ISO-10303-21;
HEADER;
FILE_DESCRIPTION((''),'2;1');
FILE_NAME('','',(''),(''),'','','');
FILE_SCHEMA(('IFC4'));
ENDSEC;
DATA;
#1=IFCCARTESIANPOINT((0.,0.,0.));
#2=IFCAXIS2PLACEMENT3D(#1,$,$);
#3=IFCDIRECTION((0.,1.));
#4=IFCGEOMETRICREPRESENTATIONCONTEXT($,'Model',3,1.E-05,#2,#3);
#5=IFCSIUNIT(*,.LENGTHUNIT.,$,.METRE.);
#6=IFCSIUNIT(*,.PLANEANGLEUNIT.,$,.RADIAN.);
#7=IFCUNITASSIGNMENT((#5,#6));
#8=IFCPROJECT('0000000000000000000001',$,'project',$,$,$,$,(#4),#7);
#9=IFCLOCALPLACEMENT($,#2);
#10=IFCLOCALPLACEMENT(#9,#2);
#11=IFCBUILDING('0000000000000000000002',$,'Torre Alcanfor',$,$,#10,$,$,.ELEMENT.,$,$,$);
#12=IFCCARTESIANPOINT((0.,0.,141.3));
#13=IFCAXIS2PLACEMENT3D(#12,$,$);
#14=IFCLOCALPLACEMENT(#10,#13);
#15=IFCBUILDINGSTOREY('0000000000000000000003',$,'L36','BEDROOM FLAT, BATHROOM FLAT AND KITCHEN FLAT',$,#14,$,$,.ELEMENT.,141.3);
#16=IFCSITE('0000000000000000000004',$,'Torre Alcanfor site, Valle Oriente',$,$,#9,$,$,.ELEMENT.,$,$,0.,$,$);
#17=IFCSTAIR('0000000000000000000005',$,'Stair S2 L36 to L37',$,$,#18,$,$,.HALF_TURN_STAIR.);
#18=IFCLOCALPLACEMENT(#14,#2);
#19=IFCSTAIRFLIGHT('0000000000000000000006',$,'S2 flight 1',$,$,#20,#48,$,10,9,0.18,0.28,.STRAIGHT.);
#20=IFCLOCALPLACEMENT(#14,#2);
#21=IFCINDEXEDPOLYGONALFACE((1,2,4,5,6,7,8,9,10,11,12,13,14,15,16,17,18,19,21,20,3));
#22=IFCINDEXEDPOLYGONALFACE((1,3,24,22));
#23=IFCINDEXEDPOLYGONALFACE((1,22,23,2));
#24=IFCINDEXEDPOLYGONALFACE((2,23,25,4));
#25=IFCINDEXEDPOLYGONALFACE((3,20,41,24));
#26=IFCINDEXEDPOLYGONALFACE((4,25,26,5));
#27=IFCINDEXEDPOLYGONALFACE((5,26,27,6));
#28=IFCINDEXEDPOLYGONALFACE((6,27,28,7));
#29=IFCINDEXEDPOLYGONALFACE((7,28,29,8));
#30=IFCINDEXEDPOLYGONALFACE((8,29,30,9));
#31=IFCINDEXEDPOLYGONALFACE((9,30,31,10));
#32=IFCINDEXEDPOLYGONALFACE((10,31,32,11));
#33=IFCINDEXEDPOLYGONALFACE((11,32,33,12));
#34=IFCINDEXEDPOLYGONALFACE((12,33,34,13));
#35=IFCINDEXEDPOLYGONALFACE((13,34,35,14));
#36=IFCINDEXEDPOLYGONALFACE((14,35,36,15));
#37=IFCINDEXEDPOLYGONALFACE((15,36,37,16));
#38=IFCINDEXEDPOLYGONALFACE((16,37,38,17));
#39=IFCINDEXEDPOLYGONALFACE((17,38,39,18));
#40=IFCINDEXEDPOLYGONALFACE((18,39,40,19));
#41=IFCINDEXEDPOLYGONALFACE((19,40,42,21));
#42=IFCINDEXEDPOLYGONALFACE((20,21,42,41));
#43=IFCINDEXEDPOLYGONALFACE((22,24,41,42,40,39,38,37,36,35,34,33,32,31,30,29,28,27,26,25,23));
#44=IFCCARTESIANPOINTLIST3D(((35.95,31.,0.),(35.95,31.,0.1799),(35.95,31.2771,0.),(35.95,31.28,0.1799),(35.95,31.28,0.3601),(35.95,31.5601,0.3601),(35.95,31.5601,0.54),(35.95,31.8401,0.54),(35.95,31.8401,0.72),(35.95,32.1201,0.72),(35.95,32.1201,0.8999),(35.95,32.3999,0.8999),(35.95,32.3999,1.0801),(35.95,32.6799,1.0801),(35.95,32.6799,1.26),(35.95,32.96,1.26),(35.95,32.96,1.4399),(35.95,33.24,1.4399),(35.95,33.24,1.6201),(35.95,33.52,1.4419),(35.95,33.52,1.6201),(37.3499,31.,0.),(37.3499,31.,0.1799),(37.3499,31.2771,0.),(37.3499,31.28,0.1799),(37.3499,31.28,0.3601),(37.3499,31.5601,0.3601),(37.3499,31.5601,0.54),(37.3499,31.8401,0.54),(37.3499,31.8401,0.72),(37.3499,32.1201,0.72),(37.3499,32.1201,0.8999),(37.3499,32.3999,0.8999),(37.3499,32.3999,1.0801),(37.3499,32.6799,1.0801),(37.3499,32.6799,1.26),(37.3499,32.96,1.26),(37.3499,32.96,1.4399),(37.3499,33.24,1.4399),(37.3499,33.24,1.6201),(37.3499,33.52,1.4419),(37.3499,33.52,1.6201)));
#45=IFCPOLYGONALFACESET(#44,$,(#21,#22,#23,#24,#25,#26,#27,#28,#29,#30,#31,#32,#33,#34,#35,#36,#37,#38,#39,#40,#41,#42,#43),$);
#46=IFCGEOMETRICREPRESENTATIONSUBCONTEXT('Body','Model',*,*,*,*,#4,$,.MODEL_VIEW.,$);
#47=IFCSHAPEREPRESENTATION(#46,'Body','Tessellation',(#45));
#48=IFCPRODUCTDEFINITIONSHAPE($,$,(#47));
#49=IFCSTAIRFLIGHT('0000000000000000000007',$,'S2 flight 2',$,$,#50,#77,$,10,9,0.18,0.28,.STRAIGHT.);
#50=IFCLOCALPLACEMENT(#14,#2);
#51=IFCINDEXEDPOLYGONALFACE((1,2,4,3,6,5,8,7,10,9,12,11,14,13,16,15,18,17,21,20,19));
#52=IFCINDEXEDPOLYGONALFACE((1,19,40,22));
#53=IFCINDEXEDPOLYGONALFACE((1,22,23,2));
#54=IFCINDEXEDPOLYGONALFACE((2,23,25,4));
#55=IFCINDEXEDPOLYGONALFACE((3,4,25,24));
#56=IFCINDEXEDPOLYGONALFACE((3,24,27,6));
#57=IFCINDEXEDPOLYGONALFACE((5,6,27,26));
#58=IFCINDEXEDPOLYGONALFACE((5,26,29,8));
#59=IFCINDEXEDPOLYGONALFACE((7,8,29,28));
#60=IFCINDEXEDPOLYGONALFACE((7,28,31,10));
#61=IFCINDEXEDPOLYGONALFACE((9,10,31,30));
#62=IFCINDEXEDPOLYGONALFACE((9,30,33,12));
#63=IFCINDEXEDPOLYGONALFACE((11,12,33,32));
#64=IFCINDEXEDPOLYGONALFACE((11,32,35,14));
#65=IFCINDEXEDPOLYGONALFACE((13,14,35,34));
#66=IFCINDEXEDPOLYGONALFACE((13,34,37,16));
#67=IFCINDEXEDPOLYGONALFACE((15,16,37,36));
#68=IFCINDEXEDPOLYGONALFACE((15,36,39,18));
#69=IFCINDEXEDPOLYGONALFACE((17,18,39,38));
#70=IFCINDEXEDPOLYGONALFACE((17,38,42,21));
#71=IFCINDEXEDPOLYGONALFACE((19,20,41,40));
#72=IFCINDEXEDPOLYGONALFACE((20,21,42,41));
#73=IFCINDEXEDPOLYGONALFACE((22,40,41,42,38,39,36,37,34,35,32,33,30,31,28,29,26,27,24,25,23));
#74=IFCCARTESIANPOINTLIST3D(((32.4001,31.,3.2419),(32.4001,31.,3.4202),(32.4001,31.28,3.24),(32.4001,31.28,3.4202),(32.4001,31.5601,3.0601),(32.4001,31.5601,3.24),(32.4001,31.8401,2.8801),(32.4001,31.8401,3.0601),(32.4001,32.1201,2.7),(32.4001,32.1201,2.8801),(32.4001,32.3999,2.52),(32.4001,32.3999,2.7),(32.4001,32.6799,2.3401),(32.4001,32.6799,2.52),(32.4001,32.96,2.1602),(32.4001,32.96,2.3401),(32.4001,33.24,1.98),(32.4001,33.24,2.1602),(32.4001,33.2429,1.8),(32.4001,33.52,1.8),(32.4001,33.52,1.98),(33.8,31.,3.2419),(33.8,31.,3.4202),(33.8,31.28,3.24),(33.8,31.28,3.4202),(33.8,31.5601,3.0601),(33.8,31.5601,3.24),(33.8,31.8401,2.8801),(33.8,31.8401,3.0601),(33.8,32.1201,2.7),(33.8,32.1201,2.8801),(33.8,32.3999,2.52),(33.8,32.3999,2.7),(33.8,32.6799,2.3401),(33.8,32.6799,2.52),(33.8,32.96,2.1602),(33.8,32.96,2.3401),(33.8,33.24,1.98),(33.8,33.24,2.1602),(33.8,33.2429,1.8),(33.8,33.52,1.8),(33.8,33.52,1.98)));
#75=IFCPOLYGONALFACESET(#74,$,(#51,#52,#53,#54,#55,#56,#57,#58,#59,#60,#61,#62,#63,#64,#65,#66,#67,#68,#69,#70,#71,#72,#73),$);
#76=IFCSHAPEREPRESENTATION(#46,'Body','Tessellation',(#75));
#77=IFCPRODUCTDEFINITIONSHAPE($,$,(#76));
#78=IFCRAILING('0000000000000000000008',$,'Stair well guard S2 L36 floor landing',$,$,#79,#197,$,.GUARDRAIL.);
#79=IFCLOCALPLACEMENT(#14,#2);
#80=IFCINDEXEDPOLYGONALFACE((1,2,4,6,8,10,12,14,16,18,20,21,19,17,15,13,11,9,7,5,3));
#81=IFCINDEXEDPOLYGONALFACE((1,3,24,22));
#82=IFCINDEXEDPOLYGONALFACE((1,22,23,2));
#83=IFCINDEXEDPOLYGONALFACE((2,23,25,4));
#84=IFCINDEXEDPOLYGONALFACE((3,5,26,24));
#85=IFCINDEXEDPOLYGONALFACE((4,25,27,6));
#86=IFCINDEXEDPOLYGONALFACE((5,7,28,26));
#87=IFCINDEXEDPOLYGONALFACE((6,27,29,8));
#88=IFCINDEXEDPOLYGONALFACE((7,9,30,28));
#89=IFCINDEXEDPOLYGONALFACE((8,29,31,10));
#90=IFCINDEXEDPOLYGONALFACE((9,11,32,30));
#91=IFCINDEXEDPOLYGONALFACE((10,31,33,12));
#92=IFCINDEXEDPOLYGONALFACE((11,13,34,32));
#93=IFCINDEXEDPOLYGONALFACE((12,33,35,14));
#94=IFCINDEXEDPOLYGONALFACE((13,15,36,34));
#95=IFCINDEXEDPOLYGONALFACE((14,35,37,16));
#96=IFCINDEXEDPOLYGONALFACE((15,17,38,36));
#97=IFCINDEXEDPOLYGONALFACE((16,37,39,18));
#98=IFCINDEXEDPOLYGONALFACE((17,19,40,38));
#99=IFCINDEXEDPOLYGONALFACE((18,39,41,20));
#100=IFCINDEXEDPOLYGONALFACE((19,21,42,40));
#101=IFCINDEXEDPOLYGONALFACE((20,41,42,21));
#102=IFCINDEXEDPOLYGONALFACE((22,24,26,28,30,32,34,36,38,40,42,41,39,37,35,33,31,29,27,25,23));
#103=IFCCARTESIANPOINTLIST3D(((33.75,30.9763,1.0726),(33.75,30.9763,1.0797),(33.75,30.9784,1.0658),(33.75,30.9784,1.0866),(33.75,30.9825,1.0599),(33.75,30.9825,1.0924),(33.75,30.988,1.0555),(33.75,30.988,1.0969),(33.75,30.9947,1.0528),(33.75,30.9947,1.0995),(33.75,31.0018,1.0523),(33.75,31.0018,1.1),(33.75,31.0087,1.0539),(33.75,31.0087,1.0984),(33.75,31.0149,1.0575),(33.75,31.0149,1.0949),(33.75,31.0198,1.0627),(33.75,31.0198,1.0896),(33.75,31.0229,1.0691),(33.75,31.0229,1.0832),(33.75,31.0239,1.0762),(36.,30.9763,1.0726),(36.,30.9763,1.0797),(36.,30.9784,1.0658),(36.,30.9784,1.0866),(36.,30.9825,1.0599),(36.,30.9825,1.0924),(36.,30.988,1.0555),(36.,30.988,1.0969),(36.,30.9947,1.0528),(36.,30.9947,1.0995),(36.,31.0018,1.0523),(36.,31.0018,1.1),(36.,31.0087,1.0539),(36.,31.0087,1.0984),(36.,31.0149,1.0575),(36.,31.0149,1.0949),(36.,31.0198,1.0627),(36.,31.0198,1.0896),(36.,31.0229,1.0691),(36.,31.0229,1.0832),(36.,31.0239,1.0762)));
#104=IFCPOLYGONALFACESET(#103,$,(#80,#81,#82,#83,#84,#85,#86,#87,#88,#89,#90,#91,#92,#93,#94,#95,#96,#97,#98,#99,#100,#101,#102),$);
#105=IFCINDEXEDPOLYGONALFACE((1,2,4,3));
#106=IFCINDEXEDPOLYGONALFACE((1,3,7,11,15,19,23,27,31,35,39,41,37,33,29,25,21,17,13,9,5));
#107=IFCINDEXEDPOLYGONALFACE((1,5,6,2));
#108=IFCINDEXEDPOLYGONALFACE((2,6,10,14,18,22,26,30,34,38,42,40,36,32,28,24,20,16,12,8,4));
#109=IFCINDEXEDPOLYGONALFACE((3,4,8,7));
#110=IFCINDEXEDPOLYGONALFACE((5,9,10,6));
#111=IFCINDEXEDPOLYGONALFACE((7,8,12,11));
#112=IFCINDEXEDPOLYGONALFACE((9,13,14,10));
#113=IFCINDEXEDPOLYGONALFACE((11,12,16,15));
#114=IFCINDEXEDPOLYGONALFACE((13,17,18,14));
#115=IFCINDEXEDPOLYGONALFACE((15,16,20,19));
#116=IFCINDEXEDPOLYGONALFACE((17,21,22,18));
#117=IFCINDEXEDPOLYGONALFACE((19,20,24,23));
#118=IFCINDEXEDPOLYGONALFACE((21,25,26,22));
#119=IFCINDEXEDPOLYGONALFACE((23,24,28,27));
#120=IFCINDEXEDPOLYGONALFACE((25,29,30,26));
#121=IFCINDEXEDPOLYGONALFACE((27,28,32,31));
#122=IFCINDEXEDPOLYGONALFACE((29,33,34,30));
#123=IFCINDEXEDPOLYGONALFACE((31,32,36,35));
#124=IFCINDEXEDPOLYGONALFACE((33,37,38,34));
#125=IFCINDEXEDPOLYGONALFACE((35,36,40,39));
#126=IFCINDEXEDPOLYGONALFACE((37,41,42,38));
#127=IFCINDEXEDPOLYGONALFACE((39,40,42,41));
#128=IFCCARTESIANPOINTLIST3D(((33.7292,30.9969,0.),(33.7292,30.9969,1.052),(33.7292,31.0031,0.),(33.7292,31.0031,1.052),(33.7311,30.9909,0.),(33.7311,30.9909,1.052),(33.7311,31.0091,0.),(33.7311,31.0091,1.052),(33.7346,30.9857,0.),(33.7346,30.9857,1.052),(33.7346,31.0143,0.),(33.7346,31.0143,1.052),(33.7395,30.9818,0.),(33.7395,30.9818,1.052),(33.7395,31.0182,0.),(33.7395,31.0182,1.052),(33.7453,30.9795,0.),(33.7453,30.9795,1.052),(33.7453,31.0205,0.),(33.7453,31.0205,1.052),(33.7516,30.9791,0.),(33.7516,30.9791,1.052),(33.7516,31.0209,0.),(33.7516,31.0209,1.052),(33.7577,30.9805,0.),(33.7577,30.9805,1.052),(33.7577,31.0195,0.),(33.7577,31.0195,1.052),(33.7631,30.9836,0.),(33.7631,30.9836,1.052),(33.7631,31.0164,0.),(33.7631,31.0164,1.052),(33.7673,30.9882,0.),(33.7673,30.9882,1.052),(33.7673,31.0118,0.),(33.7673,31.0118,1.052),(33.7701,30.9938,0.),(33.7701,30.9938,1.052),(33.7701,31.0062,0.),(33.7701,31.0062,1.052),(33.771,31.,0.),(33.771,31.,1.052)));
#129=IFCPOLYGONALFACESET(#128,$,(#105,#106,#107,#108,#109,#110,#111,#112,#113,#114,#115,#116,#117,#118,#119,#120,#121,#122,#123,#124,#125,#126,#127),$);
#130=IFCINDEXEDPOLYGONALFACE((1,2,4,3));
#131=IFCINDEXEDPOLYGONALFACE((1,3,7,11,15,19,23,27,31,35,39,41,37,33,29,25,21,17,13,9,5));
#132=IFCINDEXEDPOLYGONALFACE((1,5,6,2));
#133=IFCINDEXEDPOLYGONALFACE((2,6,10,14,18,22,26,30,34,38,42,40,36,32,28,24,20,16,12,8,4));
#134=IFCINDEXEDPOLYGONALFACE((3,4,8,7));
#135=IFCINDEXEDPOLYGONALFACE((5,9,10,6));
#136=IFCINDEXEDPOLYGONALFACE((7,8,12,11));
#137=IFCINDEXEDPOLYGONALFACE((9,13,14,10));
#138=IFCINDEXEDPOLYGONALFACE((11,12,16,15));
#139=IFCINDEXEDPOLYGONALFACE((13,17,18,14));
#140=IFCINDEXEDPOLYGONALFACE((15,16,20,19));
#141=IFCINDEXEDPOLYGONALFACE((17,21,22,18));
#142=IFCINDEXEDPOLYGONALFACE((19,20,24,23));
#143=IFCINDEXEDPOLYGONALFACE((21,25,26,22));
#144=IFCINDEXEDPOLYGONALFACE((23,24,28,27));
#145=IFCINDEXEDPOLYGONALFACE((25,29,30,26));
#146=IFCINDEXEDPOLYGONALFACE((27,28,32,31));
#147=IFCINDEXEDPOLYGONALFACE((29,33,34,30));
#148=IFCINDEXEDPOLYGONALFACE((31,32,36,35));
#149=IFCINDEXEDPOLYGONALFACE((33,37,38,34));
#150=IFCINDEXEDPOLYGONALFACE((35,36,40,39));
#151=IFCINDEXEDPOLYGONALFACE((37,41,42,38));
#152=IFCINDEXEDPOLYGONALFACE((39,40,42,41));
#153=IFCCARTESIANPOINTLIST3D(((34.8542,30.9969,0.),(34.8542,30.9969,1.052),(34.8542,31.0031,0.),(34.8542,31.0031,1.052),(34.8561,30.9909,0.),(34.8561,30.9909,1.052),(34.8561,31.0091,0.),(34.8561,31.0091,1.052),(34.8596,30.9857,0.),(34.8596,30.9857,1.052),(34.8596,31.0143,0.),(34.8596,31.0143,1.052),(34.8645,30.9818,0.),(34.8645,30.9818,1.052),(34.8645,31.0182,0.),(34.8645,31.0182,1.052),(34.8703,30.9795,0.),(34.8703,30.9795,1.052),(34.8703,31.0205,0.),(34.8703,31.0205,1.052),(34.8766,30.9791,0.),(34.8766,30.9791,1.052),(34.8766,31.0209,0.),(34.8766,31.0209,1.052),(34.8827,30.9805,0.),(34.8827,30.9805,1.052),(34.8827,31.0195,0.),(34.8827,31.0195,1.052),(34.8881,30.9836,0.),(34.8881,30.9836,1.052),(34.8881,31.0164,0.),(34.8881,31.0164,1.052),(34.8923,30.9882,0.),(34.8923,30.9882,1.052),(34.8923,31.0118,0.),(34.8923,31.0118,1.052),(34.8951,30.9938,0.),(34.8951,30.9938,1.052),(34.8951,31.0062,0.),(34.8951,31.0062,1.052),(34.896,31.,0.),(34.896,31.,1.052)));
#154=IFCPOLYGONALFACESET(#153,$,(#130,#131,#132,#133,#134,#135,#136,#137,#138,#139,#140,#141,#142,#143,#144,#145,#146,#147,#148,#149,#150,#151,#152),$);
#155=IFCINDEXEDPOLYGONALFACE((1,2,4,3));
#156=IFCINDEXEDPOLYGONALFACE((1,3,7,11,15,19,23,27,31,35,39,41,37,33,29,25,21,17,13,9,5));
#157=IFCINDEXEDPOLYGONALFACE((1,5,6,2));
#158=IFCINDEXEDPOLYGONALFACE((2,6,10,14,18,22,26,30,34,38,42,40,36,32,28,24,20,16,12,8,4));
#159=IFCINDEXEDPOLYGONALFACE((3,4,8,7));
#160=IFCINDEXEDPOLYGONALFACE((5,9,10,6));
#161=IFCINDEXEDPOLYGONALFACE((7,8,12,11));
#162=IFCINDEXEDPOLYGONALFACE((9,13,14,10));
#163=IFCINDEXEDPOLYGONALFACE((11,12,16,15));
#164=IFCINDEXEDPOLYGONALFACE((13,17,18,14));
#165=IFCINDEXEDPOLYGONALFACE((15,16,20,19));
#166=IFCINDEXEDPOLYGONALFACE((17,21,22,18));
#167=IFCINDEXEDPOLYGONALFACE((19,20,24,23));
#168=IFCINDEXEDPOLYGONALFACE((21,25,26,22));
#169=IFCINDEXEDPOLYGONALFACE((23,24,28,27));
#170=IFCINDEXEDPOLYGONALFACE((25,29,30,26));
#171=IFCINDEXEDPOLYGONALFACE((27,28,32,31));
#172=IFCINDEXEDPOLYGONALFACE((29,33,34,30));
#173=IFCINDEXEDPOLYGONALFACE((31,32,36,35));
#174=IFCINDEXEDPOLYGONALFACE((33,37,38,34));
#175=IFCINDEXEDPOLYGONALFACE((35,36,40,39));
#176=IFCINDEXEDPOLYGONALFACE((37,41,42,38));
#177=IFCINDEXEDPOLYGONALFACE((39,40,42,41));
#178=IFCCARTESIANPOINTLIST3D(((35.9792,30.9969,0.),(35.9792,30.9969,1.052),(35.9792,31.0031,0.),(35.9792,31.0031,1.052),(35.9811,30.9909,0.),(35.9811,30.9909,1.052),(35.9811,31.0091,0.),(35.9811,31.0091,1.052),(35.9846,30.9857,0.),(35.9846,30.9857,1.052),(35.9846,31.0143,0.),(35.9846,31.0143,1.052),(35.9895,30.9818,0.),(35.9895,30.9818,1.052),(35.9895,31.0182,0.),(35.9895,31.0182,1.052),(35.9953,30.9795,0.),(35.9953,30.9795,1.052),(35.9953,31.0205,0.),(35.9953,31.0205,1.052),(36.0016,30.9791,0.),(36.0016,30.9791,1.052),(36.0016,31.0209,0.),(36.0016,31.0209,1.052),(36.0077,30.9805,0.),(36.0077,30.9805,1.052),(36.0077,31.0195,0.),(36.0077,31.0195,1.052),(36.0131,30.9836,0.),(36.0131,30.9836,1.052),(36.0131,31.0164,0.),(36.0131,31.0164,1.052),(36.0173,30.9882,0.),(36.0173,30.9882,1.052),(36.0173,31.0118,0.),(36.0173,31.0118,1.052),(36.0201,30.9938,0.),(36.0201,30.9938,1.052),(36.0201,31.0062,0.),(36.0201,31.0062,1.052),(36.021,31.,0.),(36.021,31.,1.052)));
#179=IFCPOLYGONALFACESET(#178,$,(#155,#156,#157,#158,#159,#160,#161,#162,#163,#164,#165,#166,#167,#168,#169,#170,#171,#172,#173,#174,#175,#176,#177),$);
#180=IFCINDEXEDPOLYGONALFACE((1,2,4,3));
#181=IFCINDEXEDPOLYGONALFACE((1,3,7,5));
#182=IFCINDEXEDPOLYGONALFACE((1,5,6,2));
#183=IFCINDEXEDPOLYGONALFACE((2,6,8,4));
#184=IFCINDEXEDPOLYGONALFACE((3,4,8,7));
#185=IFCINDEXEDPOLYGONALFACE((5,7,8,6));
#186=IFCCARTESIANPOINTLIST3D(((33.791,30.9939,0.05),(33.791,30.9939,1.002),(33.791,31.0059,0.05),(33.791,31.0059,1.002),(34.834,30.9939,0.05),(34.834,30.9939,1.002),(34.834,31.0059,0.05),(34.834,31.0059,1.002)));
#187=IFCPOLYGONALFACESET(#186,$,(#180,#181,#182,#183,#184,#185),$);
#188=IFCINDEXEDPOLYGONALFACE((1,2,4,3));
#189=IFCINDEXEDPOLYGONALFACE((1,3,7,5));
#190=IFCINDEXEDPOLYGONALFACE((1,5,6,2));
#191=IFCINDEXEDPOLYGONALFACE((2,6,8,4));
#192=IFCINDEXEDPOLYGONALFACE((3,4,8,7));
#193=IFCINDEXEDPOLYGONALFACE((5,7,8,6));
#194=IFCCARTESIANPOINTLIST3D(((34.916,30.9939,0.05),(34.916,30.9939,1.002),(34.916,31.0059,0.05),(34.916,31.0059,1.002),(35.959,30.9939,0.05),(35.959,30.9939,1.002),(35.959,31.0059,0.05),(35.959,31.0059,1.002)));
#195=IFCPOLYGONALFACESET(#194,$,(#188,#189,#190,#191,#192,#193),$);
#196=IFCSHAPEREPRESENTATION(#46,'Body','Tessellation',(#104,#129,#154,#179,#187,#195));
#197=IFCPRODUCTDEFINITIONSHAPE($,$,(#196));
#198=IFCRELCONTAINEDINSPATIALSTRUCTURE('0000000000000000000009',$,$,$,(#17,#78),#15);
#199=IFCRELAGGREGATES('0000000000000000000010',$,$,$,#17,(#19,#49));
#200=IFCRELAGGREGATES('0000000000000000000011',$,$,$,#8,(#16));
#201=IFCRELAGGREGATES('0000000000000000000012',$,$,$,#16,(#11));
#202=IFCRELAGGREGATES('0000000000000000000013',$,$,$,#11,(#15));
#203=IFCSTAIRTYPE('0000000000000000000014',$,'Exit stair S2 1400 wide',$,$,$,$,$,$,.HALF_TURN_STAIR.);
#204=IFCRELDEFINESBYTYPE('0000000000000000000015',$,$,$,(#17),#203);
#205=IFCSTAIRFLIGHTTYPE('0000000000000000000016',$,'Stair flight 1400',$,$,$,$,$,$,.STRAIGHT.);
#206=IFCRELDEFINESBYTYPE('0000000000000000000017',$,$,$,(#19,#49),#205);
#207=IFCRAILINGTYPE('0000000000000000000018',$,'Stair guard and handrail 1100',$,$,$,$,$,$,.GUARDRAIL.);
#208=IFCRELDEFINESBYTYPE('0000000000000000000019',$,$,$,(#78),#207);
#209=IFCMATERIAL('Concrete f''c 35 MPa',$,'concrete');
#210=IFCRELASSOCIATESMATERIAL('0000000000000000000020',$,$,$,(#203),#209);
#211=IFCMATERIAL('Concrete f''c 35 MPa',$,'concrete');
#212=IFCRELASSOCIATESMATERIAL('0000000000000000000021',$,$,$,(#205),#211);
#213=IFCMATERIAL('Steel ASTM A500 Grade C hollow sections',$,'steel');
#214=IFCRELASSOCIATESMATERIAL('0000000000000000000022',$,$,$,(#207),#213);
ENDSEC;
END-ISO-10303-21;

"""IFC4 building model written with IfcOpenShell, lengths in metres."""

from ifc_helpers import new_model, si_unit, direction, frame, origin, origin_2d, place, context, subcontext, project, spatial, polyline, circle, outline, extrude, material, type_object, element, aggregate, save


model = new_model("IFC4")

# Units and contexts
model_context = context("Model", 3, precision=1e-05, world=origin(), true_north=direction((0.0, 1.0)))
body_context = subcontext(model_context, "Body", "Model", "MODEL_VIEW")
ifc_project = project(units=[si_unit("LENGTHUNIT", "METRE"), si_unit("PLANEANGLEUNIT", "RADIAN")], contexts=[model_context])

# Site, building, storey
site_placement = place(None, origin())
site = spatial("IfcSite", under=ifc_project, at=site_placement, Name="Torre Alcanfor site, Valle Oriente", CompositionType="ELEMENT", RefElevation=0.0)
building_placement = place(site_placement, origin())
building = spatial("IfcBuilding", under=site, at=building_placement, Name="Torre Alcanfor", CompositionType="ELEMENT")
storey_placement = place(building_placement, frame((0.0, 0.0, 141.3)))
storey = spatial("IfcBuildingStorey", under=building, at=storey_placement, Name="L36", Description="BEDROOM FLAT, BATHROOM FLAT AND KITCHEN FLAT", CompositionType="ELEMENT", Elevation=141.3)

# Stair, stair flights
ifc_material_1 = material(Name="Concrete f'c 35 MPa", Category="concrete")
stair_type = type_object("IfcStairType", Name="Exit stair S2 1400 wide", PredefinedType="HALF_TURN_STAIR", material=ifc_material_1)
stair_placement = place(storey_placement, origin())
stair = element("IfcStair", 1, at=stair_placement, inside=storey, type_object=stair_type, Name="Stair S2 L36 to L37", PredefinedType="HALF_TURN_STAIR")
ifc_material_2 = material(Name="Concrete f'c 35 MPa", Category="concrete")
stair_flight_type = type_object("IfcStairFlightType", Name="Stair flight 1400", PredefinedType="STRAIGHT", material=ifc_material_2)
stair_flight_1_placement = place(storey_placement, frame((36.6499, 31.0, 0.0), z_axis=(0.0, 0.0, 1.0), x_axis=(0.0, 1.0, 0.0)))
stair_flight_1 = element("IfcStairFlight", 2, at=stair_flight_1_placement, type_object=stair_flight_type, Name="S2 flight 1", NumberOfRisers=10, NumberOfTreads=9, PredefinedType="STRAIGHT", RiserHeight=0.18, TreadLength=0.28, context=body_context, shape_type="SweptSolid", body=[
    extrude(outline(polyline([(0.0, 0.0), (0.0, 0.1799), (0.28, 0.1799), (0.28, 0.3601), (0.5601, 0.3601), (0.5601, 0.54), (0.8401, 0.54), (0.8401, 0.72), (1.1201, 0.72), (1.1201, 0.8999), (1.3999, 0.8999), (1.3999, 1.0801), (1.6799, 1.0801), (1.6799, 1.26), (1.96, 1.26), (1.96, 1.4399), (2.24, 1.4399), (2.24, 1.6201), (2.52, 1.6201), (2.52, 1.8), (2.52, 1.4419), (0.2771, 0.0), (0.0, 0.0)])), frame((0.0, 0.7, 0.0), z_axis=(0.0, -1.0, 0.0), x_axis=(1.0, 0.0, 0.0)), (0.0, 0.0, 1.0), 1.3999),
])
stair_flight_2_placement = place(storey_placement, frame((33.1001, 33.52, 1.8), z_axis=(0.0, 0.0, 1.0), x_axis=(0.0, -1.0, 0.0)))
stair_flight_2 = element("IfcStairFlight", 3, at=stair_flight_2_placement, type_object=stair_flight_type, Name="S2 flight 2", NumberOfRisers=10, NumberOfTreads=9, PredefinedType="STRAIGHT", RiserHeight=0.18, TreadLength=0.28, context=body_context, shape_type="SweptSolid", body=[
    extrude(outline(polyline([(0.0, 0.0), (0.0, 0.1799), (0.28, 0.1799), (0.28, 0.3601), (0.5601, 0.3601), (0.5601, 0.54), (0.8401, 0.54), (0.8401, 0.72), (1.1201, 0.72), (1.1201, 0.8999), (1.3999, 0.8999), (1.3999, 1.0801), (1.6799, 1.0801), (1.6799, 1.26), (1.96, 1.26), (1.96, 1.4399), (2.24, 1.4399), (2.24, 1.6201), (2.52, 1.6201), (2.52, 1.8), (2.52, 1.4419), (0.2771, 0.0), (0.0, 0.0)])), frame((0.0, 0.7, 0.0), z_axis=(0.0, -1.0, 0.0), x_axis=(1.0, 0.0, 0.0)), (0.0, 0.0, 1.0), 1.3999),
])
aggregate(stair, [stair_flight_1, stair_flight_2])

# Railing
ifc_material_3 = material(Name="Steel ASTM A500 Grade C hollow sections", Category="steel")
railing_type_1 = type_object("IfcRailingType", Name="Stair guard and handrail 1100", PredefinedType="GUARDRAIL", material=ifc_material_3)
for number, where, name in (
    (4, (33.75, 31.0, 0.0), "Stair well guard S2 L36 floor landing"),
):
    element("IfcRailing", number, at=place(storey_placement, frame(where)), inside=storey, type_object=railing_type_1, Name=name, PredefinedType="GUARDRAIL", context=body_context, shape_type="SweptSolid", body=[
        extrude(circle(Radius=0.0239, at=origin_2d()), frame((0.0, 0.0, 1.0762), z_axis=(1.0, 0.0, 0.0), x_axis=(0.0, 1.0, 0.0)), (0.0, 0.0, 1.0), 2.25),
        extrude(circle(Radius=0.021, at=origin_2d()), origin(), (0.0, 0.0, 1.0), 1.052),
        extrude(circle(Radius=0.021, at=origin_2d()), frame((1.125, 0.0, 0.0)), (0.0, 0.0, 1.0), 1.052),
        extrude(circle(Radius=0.021, at=origin_2d()), frame((2.25, 0.0, 0.0)), (0.0, 0.0, 1.0), 1.052),
        extrude(outline(polyline([(0.041, 0.05), (1.084, 0.05), (1.084, 1.002), (0.041, 1.002), (0.041, 0.05)])), frame((0.0, 0.0059, 0.0), z_axis=(0.0, -1.0, 0.0), x_axis=(1.0, 0.0, 0.0)), (0.0, 0.0, 1.0), 0.012),
        extrude(outline(polyline([(1.166, 0.05), (2.209, 0.05), (2.209, 1.002), (1.166, 1.002), (1.166, 0.05)])), frame((0.0, 0.0059, 0.0), z_axis=(0.0, -1.0, 0.0), x_axis=(1.0, 0.0, 0.0)), (0.0, 0.0, 1.0), 0.012),
    ])

save(model, "model.ifc")
